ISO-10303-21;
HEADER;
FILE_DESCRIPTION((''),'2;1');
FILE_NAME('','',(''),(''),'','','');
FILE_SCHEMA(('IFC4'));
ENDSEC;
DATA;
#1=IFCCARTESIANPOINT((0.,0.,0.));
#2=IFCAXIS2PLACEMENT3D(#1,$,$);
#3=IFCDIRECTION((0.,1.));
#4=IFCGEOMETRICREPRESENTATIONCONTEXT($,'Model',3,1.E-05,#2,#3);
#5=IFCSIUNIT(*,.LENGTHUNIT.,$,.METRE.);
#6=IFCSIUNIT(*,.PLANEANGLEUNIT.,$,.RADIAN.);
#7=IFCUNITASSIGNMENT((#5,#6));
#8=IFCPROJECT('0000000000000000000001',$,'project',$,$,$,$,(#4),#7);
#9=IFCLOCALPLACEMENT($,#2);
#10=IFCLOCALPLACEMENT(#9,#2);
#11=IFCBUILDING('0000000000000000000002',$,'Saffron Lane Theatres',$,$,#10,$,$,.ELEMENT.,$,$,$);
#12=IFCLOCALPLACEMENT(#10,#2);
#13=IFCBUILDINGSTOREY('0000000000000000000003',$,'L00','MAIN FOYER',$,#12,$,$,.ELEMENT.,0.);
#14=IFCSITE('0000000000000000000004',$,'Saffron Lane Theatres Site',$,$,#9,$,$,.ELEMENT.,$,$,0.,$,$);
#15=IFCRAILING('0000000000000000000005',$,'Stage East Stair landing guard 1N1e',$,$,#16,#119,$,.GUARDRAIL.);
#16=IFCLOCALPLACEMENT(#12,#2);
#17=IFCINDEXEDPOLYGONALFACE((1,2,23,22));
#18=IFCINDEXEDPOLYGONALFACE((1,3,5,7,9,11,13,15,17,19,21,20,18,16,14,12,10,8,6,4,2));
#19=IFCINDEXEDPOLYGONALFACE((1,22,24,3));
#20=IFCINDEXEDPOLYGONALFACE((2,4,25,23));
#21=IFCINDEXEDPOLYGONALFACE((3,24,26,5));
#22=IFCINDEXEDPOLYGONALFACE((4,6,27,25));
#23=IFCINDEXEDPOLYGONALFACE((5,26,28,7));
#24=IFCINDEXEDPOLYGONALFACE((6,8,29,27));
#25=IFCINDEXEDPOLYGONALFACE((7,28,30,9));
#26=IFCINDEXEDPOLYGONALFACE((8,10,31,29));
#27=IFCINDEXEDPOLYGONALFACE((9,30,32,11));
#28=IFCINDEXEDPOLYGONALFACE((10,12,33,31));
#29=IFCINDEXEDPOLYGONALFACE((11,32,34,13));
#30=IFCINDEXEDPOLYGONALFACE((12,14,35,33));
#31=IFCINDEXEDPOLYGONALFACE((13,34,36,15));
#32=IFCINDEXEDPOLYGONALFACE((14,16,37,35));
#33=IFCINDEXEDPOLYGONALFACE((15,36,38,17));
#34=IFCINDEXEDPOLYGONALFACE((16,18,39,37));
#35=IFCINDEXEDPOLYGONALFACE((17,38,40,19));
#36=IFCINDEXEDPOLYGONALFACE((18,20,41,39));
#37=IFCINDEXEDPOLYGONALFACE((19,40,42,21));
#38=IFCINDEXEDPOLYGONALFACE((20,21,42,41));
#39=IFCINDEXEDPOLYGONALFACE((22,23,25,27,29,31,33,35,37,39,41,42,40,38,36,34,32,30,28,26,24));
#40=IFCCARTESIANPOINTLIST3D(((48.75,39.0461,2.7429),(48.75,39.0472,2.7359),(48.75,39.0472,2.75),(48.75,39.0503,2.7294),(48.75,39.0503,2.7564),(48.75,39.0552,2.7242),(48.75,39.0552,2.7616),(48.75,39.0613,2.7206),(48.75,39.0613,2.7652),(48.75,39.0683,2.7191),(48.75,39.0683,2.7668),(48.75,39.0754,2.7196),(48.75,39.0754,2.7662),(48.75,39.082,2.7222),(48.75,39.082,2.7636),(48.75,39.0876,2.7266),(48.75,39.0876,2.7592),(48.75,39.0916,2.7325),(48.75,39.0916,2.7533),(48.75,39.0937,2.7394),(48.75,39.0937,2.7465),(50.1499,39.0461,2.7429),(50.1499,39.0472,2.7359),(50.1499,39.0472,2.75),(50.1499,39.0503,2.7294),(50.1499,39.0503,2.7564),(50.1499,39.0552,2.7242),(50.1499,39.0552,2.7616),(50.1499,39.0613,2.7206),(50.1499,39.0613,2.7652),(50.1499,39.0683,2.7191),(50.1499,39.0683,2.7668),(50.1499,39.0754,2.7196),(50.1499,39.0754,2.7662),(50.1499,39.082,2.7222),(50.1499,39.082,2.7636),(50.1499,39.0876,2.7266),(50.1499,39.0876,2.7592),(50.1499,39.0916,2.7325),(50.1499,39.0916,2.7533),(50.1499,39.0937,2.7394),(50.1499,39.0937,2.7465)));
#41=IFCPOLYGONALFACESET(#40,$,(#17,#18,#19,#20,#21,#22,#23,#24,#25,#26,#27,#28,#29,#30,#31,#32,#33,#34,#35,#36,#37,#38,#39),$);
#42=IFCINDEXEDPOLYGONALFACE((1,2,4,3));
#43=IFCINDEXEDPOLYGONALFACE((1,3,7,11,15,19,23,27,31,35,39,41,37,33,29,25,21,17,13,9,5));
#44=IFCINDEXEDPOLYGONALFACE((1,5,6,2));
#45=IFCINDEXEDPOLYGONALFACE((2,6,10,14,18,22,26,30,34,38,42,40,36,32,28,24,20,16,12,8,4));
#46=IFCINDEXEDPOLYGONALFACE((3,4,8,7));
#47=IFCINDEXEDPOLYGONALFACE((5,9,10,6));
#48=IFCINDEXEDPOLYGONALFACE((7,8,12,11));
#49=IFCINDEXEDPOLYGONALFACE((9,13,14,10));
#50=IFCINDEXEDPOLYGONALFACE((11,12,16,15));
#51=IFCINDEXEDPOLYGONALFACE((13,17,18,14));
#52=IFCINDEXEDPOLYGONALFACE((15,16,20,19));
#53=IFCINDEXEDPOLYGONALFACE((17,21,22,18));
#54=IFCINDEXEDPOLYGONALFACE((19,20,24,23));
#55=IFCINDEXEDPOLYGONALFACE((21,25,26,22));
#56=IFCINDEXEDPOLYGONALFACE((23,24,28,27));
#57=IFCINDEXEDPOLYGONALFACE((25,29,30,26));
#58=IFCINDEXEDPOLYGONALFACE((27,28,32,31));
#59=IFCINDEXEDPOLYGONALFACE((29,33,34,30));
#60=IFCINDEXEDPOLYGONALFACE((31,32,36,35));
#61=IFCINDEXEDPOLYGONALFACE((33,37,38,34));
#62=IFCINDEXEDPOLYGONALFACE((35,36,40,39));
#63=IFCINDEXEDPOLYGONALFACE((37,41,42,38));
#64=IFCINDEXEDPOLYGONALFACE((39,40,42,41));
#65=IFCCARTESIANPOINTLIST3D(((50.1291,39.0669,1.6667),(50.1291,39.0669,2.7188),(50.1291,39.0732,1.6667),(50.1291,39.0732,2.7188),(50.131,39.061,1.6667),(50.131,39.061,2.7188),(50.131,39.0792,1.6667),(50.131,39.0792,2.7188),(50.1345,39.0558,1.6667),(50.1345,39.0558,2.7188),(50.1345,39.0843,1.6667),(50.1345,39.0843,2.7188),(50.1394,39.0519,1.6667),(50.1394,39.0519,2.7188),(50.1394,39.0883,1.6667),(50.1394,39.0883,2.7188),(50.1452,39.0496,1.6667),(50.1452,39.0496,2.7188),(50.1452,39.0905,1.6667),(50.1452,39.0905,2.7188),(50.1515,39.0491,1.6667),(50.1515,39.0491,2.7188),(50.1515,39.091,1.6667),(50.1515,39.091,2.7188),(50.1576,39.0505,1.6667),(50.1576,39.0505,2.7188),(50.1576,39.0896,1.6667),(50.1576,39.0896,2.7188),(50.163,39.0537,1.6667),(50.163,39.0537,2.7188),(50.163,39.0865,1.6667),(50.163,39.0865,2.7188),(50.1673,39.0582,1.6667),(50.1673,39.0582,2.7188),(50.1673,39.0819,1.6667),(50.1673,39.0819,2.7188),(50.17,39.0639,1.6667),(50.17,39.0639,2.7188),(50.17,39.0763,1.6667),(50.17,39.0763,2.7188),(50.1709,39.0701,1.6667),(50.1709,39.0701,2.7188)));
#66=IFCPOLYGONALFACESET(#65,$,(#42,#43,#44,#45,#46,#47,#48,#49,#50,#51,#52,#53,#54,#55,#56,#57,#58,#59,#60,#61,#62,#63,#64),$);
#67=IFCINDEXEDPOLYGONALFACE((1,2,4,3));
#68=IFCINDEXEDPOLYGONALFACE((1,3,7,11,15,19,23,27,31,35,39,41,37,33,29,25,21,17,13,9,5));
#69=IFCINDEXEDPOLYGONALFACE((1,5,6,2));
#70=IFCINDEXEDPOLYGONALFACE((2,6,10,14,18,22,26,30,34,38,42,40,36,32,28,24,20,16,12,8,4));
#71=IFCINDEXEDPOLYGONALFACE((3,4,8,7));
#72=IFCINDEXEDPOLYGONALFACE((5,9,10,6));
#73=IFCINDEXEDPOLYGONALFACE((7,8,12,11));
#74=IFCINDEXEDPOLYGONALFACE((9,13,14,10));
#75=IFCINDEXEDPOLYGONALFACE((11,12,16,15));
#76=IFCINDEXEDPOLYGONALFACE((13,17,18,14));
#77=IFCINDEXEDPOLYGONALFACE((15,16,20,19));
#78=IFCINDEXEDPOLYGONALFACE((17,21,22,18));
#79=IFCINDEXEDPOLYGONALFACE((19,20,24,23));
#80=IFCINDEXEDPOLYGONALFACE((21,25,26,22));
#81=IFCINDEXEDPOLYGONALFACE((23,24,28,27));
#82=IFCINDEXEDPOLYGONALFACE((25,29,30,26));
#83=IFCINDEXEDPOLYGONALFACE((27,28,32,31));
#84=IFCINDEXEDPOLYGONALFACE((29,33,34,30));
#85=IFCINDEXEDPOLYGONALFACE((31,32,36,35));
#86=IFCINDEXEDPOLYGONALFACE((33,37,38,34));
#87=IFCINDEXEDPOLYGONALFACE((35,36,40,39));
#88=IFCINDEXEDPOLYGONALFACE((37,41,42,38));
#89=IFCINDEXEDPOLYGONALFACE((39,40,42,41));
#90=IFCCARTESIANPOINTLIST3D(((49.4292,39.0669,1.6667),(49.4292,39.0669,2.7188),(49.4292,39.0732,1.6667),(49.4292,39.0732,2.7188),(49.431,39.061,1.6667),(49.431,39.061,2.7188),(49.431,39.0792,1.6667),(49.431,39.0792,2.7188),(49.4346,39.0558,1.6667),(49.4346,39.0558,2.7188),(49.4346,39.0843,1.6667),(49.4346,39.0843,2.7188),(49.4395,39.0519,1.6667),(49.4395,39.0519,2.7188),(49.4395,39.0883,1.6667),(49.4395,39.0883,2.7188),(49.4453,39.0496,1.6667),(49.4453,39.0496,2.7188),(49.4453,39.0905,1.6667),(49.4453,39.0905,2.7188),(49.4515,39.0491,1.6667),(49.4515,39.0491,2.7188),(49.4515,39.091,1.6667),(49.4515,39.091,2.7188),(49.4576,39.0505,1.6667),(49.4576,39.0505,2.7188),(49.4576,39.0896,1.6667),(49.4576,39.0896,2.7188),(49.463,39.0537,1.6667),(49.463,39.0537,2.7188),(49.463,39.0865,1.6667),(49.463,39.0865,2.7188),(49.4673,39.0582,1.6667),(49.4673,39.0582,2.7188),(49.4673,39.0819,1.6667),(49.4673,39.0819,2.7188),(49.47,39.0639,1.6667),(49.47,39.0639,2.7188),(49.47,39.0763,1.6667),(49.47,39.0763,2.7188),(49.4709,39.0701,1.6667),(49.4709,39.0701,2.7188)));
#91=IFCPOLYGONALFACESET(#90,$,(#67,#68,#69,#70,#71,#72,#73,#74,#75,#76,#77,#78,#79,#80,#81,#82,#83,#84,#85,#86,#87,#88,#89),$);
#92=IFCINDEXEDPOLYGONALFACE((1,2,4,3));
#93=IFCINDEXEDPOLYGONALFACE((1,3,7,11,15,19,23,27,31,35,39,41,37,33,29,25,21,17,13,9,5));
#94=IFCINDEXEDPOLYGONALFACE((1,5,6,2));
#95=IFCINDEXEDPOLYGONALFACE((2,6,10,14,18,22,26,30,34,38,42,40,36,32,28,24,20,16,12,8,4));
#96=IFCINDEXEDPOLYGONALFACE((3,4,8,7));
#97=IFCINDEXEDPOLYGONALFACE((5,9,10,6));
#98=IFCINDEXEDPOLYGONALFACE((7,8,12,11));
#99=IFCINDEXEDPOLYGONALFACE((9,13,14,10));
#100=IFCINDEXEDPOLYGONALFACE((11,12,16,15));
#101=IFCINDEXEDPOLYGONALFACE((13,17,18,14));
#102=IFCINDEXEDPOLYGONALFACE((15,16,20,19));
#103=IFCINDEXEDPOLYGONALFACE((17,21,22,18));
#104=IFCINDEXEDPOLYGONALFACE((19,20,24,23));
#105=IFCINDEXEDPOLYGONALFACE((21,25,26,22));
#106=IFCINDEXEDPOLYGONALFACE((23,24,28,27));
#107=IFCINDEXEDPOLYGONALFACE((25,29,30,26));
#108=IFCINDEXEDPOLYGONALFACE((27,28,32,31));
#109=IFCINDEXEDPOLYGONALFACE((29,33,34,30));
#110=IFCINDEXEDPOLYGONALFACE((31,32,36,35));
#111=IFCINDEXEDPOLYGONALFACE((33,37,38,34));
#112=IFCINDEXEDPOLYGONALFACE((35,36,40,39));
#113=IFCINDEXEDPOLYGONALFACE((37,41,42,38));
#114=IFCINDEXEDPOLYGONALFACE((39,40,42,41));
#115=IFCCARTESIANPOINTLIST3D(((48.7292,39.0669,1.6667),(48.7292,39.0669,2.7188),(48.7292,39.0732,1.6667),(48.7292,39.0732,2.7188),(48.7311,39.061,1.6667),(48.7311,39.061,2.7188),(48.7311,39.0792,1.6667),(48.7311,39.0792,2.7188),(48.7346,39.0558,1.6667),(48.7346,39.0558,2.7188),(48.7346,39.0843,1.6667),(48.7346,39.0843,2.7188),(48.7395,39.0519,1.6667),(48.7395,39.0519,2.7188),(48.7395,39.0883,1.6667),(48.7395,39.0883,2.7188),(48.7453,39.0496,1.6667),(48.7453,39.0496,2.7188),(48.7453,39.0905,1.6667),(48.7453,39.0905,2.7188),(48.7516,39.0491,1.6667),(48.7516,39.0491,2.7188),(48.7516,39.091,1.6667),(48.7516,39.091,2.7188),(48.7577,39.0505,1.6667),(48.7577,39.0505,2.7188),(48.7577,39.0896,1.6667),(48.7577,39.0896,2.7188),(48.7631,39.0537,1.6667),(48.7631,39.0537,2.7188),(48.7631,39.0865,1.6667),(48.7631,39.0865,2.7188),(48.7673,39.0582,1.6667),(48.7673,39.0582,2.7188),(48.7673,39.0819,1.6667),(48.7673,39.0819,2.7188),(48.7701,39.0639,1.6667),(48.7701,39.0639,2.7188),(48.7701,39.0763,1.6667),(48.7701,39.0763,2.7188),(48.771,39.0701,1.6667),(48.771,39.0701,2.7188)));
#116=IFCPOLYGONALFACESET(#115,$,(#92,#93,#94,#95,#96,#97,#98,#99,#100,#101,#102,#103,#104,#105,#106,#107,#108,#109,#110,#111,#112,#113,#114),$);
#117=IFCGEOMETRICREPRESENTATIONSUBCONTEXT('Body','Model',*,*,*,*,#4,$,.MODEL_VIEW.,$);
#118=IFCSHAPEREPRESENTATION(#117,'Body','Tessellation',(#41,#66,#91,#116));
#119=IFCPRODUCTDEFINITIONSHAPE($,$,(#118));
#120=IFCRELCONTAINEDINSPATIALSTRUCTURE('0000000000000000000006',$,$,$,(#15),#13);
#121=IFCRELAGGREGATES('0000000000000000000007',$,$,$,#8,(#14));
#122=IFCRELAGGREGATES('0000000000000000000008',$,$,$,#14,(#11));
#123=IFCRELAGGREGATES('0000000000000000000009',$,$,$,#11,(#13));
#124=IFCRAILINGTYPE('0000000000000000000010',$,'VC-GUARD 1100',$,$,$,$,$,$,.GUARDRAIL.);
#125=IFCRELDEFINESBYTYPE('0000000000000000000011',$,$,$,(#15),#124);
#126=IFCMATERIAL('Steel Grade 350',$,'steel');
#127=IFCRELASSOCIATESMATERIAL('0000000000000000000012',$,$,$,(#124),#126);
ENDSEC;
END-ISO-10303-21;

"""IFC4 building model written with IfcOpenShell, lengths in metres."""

from ifc_helpers import new_model, si_unit, direction, frame, origin, origin_2d, place, context, subcontext, project, spatial, circle, extrude, material, type_object, element, save


model = new_model("IFC4")

# Units and contexts
model_context = context("Model", 3, precision=1e-05, world=origin(), true_north=direction((0.0, 1.0)))
body_context = subcontext(model_context, "Body", "Model", "MODEL_VIEW")
ifc_project = project(units=[si_unit("LENGTHUNIT", "METRE"), si_unit("PLANEANGLEUNIT", "RADIAN")], contexts=[model_context])

# Site, building, storey
site_placement = place(None, origin())
site = spatial("IfcSite", under=ifc_project, at=site_placement, Name="Saffron Lane Theatres Site", CompositionType="ELEMENT", RefElevation=0.0)
building_placement = place(site_placement, origin())
building = spatial("IfcBuilding", under=site, at=building_placement, Name="Saffron Lane Theatres", CompositionType="ELEMENT")
storey_placement = place(building_placement, origin())
storey = spatial("IfcBuildingStorey", under=building, at=storey_placement, Name="L00", Description="MAIN FOYER", CompositionType="ELEMENT", Elevation=0.0)

# Railing
ifc_material_1 = material(Name="Steel Grade 350", Category="steel")
railing_type_1 = type_object("IfcRailingType", Name="VC-GUARD 1100", PredefinedType="GUARDRAIL", material=ifc_material_1)
railing_1_placement = place(storey_placement, frame((50.1499, 39.0701, 1.6667)))
element("IfcRailing", 1, at=railing_1_placement, inside=storey, type_object=railing_type_1, Name="Stage East Stair landing guard 1N1e", PredefinedType="GUARDRAIL", context=body_context, shape_type="SweptSolid", body=[
    extrude(circle(Radius=0.0239, at=origin_2d()), frame((0.0, 0.0, 1.0762), z_axis=(-1.0, 0.0, 0.0), x_axis=(0.0, -1.0, 0.0)), (0.0, 0.0, 1.0), 1.3999),
    extrude(circle(Radius=0.021, at=origin_2d()), origin(), (0.0, 0.0, 1.0), 1.052),
    extrude(circle(Radius=0.021, at=origin_2d()), frame((-0.7, 0.0, 0.0)), (0.0, 0.0, 1.0), 1.052),
    extrude(circle(Radius=0.021, at=origin_2d()), frame((-1.3999, 0.0, 0.0)), (0.0, 0.0, 1.0), 1.052),
])

save(model, "model.ifc")
